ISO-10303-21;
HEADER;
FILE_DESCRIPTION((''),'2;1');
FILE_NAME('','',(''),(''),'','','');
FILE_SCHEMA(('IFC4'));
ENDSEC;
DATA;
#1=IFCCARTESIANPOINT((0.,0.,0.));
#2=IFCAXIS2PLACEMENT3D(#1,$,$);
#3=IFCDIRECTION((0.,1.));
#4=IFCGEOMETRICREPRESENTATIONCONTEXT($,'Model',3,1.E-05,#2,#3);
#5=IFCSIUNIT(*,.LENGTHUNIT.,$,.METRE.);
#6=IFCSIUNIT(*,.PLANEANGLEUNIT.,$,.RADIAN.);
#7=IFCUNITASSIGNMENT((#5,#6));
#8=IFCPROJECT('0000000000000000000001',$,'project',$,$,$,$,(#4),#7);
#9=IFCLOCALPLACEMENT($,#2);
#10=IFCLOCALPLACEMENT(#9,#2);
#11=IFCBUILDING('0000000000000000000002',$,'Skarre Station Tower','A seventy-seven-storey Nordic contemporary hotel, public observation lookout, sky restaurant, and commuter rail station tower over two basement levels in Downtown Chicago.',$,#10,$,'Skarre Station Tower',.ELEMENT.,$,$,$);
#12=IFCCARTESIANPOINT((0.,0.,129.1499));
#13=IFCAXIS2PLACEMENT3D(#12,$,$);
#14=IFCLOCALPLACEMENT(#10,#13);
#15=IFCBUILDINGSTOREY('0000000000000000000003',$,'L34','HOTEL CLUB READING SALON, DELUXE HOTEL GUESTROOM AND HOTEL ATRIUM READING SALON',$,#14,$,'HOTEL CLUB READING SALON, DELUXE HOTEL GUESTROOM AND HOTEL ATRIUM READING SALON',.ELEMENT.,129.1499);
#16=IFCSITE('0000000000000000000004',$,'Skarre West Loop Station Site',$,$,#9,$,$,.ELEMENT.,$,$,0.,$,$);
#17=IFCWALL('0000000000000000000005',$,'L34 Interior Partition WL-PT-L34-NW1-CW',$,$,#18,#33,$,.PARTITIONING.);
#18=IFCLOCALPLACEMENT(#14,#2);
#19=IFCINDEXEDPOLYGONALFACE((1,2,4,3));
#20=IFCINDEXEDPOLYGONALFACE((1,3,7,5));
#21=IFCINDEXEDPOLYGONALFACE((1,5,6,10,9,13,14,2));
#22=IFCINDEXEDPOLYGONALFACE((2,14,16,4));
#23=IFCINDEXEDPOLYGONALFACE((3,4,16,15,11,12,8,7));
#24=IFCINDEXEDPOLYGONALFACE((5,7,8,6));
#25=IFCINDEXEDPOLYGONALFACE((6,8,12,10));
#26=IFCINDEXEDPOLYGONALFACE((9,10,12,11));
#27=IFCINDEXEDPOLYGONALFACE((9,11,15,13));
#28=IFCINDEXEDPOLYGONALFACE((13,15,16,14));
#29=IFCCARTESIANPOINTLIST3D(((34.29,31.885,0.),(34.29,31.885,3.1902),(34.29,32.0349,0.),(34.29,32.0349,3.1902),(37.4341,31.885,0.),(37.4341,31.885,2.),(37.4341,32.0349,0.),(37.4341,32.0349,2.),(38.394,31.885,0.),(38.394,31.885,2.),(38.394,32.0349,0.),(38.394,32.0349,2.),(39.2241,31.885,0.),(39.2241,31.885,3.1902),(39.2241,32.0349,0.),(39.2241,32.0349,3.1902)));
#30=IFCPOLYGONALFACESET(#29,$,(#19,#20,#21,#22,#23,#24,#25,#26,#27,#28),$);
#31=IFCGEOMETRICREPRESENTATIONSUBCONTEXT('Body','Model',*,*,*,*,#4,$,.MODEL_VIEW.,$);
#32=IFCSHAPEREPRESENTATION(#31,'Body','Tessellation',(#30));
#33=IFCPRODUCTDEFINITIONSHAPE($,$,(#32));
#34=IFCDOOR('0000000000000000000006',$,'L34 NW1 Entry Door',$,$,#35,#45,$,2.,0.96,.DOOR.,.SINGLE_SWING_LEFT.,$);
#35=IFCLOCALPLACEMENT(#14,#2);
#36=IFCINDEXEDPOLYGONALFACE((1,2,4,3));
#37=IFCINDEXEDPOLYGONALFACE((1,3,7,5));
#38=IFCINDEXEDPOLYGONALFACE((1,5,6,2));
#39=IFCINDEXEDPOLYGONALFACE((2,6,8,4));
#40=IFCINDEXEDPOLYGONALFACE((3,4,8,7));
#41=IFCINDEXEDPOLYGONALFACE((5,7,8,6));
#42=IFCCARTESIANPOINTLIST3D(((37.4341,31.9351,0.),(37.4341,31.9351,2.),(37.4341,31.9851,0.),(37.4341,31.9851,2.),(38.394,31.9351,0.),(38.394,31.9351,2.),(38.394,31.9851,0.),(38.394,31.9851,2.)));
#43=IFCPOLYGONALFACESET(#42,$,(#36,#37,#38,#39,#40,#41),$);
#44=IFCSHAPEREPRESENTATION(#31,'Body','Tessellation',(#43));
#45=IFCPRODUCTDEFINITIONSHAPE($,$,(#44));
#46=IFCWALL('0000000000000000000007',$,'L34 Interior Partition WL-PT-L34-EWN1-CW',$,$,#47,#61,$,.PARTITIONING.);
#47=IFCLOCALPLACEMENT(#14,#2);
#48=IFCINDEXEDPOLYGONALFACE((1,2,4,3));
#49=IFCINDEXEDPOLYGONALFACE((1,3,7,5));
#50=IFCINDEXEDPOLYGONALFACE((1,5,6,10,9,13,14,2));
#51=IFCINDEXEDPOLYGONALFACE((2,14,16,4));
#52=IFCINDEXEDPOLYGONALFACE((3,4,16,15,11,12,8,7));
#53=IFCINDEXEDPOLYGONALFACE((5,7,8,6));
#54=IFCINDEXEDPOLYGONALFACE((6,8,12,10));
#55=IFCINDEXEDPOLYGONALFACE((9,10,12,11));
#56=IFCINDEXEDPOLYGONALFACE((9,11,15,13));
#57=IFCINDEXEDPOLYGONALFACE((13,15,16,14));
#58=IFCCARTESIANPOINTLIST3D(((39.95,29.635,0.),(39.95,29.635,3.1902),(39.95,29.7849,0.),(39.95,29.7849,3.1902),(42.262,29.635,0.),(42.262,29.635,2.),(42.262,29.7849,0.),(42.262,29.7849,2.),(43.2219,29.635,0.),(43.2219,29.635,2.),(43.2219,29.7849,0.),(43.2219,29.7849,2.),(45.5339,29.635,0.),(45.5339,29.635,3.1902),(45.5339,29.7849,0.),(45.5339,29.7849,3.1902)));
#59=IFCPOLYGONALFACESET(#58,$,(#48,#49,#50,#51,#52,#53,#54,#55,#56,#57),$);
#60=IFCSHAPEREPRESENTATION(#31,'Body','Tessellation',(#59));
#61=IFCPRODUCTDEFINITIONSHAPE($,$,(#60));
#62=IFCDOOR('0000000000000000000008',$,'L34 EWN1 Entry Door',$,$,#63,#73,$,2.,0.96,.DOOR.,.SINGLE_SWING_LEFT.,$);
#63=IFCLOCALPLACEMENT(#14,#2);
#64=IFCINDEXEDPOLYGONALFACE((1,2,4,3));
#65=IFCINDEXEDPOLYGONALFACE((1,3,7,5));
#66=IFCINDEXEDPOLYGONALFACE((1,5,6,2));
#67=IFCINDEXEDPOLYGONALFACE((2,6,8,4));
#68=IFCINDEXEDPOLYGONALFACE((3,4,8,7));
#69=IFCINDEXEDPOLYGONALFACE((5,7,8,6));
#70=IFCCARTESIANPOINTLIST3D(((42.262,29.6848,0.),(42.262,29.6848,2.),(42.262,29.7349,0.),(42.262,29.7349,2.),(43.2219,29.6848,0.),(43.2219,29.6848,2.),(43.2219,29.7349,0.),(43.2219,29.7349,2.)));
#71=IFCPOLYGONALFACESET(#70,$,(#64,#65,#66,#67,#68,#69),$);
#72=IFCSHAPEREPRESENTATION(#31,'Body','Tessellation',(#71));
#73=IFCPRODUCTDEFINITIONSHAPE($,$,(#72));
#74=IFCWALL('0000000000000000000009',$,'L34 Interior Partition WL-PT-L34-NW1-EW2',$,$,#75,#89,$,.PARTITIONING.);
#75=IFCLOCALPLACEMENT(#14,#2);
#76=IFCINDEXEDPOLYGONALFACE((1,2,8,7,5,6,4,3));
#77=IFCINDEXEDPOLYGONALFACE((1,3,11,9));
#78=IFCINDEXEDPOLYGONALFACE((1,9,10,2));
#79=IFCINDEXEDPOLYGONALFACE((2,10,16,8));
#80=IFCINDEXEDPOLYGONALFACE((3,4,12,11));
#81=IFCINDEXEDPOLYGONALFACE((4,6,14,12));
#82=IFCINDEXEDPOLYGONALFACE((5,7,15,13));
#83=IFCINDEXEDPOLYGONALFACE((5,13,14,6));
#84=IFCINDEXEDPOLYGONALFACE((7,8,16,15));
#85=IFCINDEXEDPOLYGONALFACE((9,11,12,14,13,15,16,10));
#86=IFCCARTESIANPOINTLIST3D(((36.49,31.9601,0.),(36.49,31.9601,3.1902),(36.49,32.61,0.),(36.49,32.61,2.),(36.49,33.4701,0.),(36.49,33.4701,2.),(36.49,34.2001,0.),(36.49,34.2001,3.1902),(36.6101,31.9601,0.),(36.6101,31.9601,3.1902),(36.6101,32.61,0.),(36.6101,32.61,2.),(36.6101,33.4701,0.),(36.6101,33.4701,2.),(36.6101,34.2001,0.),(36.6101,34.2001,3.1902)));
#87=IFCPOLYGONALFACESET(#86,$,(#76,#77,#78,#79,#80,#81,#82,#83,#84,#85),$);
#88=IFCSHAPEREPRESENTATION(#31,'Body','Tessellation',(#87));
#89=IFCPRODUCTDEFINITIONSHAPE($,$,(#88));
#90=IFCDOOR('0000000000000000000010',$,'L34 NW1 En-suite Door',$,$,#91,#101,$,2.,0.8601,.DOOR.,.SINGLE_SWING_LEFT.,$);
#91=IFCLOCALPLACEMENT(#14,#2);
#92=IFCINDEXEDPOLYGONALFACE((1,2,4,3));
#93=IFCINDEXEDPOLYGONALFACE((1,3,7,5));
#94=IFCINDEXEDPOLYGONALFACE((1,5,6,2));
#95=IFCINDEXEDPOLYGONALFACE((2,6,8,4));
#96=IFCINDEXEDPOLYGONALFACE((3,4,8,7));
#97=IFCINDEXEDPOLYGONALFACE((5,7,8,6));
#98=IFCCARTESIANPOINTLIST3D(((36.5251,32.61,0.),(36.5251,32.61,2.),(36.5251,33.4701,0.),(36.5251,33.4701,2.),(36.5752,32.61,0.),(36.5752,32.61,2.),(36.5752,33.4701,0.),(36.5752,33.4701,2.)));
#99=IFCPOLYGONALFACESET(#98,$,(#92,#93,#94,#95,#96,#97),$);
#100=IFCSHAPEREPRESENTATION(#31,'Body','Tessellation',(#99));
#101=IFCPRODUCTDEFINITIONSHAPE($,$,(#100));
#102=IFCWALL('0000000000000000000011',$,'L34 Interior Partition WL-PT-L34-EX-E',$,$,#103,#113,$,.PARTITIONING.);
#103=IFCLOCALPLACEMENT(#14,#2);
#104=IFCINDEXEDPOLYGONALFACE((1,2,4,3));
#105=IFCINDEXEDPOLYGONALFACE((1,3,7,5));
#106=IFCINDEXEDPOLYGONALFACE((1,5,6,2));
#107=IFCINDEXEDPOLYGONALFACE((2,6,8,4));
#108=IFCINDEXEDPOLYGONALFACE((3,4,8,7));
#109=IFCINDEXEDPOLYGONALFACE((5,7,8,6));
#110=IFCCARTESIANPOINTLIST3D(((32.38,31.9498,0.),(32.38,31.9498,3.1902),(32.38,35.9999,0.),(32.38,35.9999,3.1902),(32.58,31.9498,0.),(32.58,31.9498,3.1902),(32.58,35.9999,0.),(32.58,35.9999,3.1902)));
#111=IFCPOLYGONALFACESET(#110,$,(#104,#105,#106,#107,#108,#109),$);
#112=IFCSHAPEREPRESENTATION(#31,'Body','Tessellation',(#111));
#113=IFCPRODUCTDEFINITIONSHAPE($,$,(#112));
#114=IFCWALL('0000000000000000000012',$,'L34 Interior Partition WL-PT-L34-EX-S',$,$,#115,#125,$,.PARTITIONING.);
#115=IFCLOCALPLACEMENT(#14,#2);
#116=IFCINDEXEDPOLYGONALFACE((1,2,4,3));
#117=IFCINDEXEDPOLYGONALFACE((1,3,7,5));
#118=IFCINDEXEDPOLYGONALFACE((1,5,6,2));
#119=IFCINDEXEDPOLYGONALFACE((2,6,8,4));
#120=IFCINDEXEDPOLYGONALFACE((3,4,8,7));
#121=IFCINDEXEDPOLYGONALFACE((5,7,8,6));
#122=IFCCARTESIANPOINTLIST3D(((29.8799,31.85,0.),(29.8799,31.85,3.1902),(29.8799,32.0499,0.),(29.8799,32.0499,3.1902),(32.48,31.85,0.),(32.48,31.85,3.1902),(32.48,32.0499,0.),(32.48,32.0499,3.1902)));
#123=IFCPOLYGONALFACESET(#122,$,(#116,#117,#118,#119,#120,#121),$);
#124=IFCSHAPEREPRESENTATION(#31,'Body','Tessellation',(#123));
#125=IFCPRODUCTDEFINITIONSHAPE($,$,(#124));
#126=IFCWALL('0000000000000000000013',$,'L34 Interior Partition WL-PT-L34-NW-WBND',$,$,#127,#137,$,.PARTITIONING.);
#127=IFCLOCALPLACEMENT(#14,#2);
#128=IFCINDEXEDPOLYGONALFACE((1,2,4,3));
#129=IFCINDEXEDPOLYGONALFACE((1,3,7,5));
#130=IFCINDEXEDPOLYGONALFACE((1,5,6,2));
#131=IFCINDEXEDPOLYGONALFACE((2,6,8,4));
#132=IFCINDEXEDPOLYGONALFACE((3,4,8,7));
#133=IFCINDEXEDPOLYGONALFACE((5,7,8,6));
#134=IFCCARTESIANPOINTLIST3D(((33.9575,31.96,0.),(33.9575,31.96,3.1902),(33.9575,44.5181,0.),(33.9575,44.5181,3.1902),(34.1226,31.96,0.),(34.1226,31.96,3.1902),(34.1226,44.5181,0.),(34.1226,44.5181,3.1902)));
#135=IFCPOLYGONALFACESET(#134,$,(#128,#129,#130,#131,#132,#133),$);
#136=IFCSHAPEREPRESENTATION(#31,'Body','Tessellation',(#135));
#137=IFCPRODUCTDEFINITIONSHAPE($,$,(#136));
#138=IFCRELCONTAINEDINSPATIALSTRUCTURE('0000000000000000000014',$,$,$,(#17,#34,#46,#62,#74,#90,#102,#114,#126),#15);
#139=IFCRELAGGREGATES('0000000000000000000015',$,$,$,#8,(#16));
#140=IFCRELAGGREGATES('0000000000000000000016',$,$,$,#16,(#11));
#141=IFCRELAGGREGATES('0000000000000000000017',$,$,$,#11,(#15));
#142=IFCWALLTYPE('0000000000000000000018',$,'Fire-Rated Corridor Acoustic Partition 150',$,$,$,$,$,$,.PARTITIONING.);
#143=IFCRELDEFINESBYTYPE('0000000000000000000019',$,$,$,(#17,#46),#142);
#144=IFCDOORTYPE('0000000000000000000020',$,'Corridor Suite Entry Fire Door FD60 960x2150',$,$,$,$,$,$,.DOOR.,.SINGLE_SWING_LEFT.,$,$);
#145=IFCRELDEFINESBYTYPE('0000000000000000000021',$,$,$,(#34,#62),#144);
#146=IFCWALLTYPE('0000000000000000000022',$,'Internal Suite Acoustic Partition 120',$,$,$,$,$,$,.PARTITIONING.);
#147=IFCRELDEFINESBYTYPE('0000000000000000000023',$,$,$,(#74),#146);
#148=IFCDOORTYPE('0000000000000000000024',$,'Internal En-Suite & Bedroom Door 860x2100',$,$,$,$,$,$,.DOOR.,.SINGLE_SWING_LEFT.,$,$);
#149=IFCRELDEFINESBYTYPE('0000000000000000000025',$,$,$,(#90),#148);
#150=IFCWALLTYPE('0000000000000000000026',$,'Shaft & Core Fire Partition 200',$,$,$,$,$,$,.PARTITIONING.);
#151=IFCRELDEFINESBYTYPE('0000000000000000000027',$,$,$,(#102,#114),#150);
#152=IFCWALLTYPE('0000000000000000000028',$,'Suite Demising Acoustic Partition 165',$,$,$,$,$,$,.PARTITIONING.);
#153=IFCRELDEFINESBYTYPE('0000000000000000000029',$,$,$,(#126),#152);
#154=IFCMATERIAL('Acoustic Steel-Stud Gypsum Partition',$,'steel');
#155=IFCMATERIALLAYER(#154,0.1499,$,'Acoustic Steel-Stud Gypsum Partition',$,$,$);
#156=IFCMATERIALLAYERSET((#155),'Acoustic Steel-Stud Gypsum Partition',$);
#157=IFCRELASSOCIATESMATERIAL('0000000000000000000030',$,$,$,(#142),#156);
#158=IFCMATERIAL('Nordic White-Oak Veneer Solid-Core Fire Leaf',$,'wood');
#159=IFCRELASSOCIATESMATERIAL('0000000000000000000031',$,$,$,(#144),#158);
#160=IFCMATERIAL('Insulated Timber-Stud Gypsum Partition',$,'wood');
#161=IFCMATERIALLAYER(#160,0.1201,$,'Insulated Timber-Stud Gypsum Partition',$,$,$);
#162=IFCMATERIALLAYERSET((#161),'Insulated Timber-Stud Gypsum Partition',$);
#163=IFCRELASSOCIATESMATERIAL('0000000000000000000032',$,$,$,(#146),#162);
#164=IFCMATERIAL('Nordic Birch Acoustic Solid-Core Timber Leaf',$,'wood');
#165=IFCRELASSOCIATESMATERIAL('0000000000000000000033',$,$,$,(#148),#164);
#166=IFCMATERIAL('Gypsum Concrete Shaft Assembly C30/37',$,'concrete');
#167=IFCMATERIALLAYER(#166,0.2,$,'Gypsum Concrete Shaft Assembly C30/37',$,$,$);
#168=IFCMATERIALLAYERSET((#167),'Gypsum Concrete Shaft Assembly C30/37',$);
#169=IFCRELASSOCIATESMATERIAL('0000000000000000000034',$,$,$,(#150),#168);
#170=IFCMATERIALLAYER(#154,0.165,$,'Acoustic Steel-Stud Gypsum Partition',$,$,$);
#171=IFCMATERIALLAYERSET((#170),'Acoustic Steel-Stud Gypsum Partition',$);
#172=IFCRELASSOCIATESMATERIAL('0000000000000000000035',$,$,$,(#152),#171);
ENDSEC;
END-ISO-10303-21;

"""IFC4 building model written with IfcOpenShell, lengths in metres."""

from ifc_helpers import new_model, si_unit, direction, frame, frame_2d, origin, place, context, subcontext, project, spatial, rectangle, extrude, material, layer, layer_set, type_object, element, fill, save


model = new_model("IFC4")

# Units and contexts
model_context = context("Model", 3, precision=1e-05, world=origin(), true_north=direction((0.0, 1.0)))
body_context = subcontext(model_context, "Body", "Model", "MODEL_VIEW")
ifc_project = project(units=[si_unit("LENGTHUNIT", "METRE"), si_unit("PLANEANGLEUNIT", "RADIAN")], contexts=[model_context])

# Site, building, storey
site_placement = place(None, origin())
site = spatial("IfcSite", under=ifc_project, at=site_placement, Name="Skarre West Loop Station Site", CompositionType="ELEMENT", RefElevation=0.0)
building_placement = place(site_placement, origin())
building = spatial("IfcBuilding", under=site, at=building_placement, Name="Skarre Station Tower", Description="A seventy-seven-storey Nordic contemporary hotel, public observation lookout, sky restaurant, and commuter rail station tower over two basement levels in Downtown Chicago.", LongName="Skarre Station Tower", CompositionType="ELEMENT")
storey_placement = place(building_placement, frame((0.0, 0.0, 129.1499)))
storey = spatial("IfcBuildingStorey", under=building, at=storey_placement, Name="L34", Description="HOTEL CLUB READING SALON, DELUXE HOTEL GUESTROOM AND HOTEL ATRIUM READING SALON", LongName="HOTEL CLUB READING SALON, DELUXE HOTEL GUESTROOM AND HOTEL ATRIUM READING SALON", CompositionType="ELEMENT", Elevation=129.1499)

# Shared definitions
ifc_material_1 = material(Name="Acoustic Steel-Stud Gypsum Partition", Category="steel")
ifc_layer_1 = layer(ifc_material_1, 0.1499, Name="Acoustic Steel-Stud Gypsum Partition")
ifc_layer_set_1 = layer_set([ifc_layer_1], Name="Acoustic Steel-Stud Gypsum Partition")
wall_type_1 = type_object("IfcWallType", Name="Fire-Rated Corridor Acoustic Partition 150", PredefinedType="PARTITIONING", material=ifc_layer_set_1)

# Walls, openings, doors
wall_1_placement = place(storey_placement, frame((39.2241, 31.96, 0.0), z_axis=(0.0, 0.0, 1.0), x_axis=(-1.0, 0.0, 0.0)))
wall_1 = element("IfcWall", 1, at=wall_1_placement, inside=storey, type_object=wall_type_1, Name="L34 Interior Partition WL-PT-L34-NW1-CW", PredefinedType="PARTITIONING", context=body_context, shape_type="SweptSolid", body=[
    extrude(rectangle(XDim=4.9341, YDim=0.1499, at=frame_2d((2.467, 0.0))), origin(), (0.0, 0.0, 1.0), 3.1902),
])
opening_1_placement = place(wall_1_placement, frame((0.8301, 0.0, 0.0)))
opening_1 = element("IfcOpeningElement", 2, at=opening_1_placement, cuts=wall_1, PredefinedType="OPENING", context=body_context, shape_type="SweptSolid", body=[
    extrude(rectangle(XDim=0.96, YDim=2.0, at=frame_2d((0.48, 1.0))), frame((0.0, 0.085, 0.0), z_axis=(0.0, -1.0, 0.0), x_axis=(1.0, 0.0, 0.0)), (0.0, 0.0, 1.0), 0.1699),
])
ifc_material_2 = material(Name="Nordic White-Oak Veneer Solid-Core Fire Leaf", Category="wood")
door_type_1 = type_object("IfcDoorType", Name="Corridor Suite Entry Fire Door FD60 960x2150", OperationType="SINGLE_SWING_LEFT", PredefinedType="DOOR", material=ifc_material_2)
door_1_placement = place(opening_1_placement, origin())
door_1 = element("IfcDoor", 3, at=door_1_placement, inside=storey, type_object=door_type_1, Name="L34 NW1 Entry Door", OperationType="SINGLE_SWING_LEFT", OverallHeight=2.0, OverallWidth=0.96, PredefinedType="DOOR", context=body_context, shape_type="SweptSolid", body=[
    extrude(rectangle(XDim=0.96, YDim=2.0, at=frame_2d((0.48, 1.0))), frame((0.0, 0.0249, 0.0), z_axis=(0.0, -1.0, 0.0), x_axis=(1.0, 0.0, 0.0)), (0.0, 0.0, 1.0), 0.05),
])
fill(opening_1, door_1)
wall_2_placement = place(storey_placement, frame((39.95, 29.71, 0.0), z_axis=(0.0, 0.0, 1.0), x_axis=(1.0, 0.0, 0.0)))
wall_2 = element("IfcWall", 4, at=wall_2_placement, inside=storey, type_object=wall_type_1, Name="L34 Interior Partition WL-PT-L34-EWN1-CW", PredefinedType="PARTITIONING", context=body_context, shape_type="SweptSolid", body=[
    extrude(rectangle(XDim=5.584, YDim=0.1499, at=frame_2d((2.792, 0.0))), origin(), (0.0, 0.0, 1.0), 3.1902),
])
opening_2_placement = place(wall_2_placement, frame((2.312, 0.0, 0.0)))
opening_2 = element("IfcOpeningElement", 5, at=opening_2_placement, cuts=wall_2, PredefinedType="OPENING", context=body_context, shape_type="SweptSolid", body=[
    extrude(rectangle(XDim=0.96, YDim=2.0, at=frame_2d((0.48, 1.0))), frame((0.0, 0.085, 0.0), z_axis=(0.0, -1.0, 0.0), x_axis=(1.0, 0.0, 0.0)), (0.0, 0.0, 1.0), 0.1699),
])
door_2_placement = place(opening_2_placement, origin())
door_2 = element("IfcDoor", 6, at=door_2_placement, inside=storey, type_object=door_type_1, Name="L34 EWN1 Entry Door", OperationType="SINGLE_SWING_LEFT", OverallHeight=2.0, OverallWidth=0.96, PredefinedType="DOOR", context=body_context, shape_type="SweptSolid", body=[
    extrude(rectangle(XDim=0.96, YDim=2.0, at=frame_2d((0.48, 1.0))), frame((0.0, 0.0249, 0.0), z_axis=(0.0, -1.0, 0.0), x_axis=(1.0, 0.0, 0.0)), (0.0, 0.0, 1.0), 0.05),
])
fill(opening_2, door_2)
ifc_material_3 = material(Name="Insulated Timber-Stud Gypsum Partition", Category="wood")
ifc_layer_2 = layer(ifc_material_3, 0.1201, Name="Insulated Timber-Stud Gypsum Partition")
ifc_layer_set_2 = layer_set([ifc_layer_2], Name="Insulated Timber-Stud Gypsum Partition")
wall_type_2 = type_object("IfcWallType", Name="Internal Suite Acoustic Partition 120", PredefinedType="PARTITIONING", material=ifc_layer_set_2)
wall_3_placement = place(storey_placement, frame((36.55, 31.96, 0.0), z_axis=(0.0, 0.0, 1.0), x_axis=(0.0, 1.0, 0.0)))
wall_3 = element("IfcWall", 7, at=wall_3_placement, inside=storey, type_object=wall_type_2, Name="L34 Interior Partition WL-PT-L34-NW1-EW2", PredefinedType="PARTITIONING", context=body_context, shape_type="SweptSolid", body=[
    extrude(rectangle(XDim=2.24, YDim=0.1201, at=frame_2d((1.1201, 0.0))), origin(), (0.0, 0.0, 1.0), 3.1902),
])
opening_3_placement = place(wall_3_placement, frame((0.6499, 0.0, 0.0)))
opening_3 = element("IfcOpeningElement", 8, at=opening_3_placement, cuts=wall_3, PredefinedType="OPENING", context=body_context, shape_type="SweptSolid", body=[
    extrude(rectangle(XDim=0.8601, YDim=2.0, at=frame_2d((0.4302, 1.0))), frame((0.0, 0.0701, 0.0), z_axis=(0.0, -1.0, 0.0), x_axis=(1.0, 0.0, 0.0)), (0.0, 0.0, 1.0), 0.1401),
])
ifc_material_4 = material(Name="Nordic Birch Acoustic Solid-Core Timber Leaf", Category="wood")
door_type_2 = type_object("IfcDoorType", Name="Internal En-Suite & Bedroom Door 860x2100", OperationType="SINGLE_SWING_LEFT", PredefinedType="DOOR", material=ifc_material_4)
door_3_placement = place(opening_3_placement, origin())
door_3 = element("IfcDoor", 9, at=door_3_placement, inside=storey, type_object=door_type_2, Name="L34 NW1 En-suite Door", OperationType="SINGLE_SWING_LEFT", OverallHeight=2.0, OverallWidth=0.8601, PredefinedType="DOOR", context=body_context, shape_type="SweptSolid", body=[
    extrude(rectangle(XDim=0.8601, YDim=2.0, at=frame_2d((0.4302, 1.0))), frame((0.0, 0.0249, 0.0), z_axis=(0.0, -1.0, 0.0), x_axis=(1.0, 0.0, 0.0)), (0.0, 0.0, 1.0), 0.05),
])
fill(opening_3, door_3)

# Walls
ifc_material_5 = material(Name="Gypsum Concrete Shaft Assembly C30/37", Category="concrete")
ifc_layer_3 = layer(ifc_material_5, 0.2, Name="Gypsum Concrete Shaft Assembly C30/37")
ifc_layer_set_3 = layer_set([ifc_layer_3], Name="Gypsum Concrete Shaft Assembly C30/37")
wall_type_3 = type_object("IfcWallType", Name="Shaft & Core Fire Partition 200", PredefinedType="PARTITIONING", material=ifc_layer_set_3)
wall_4_placement = place(storey_placement, frame((32.48, 31.95, 0.0), z_axis=(0.0, 0.0, 1.0), x_axis=(0.0, 1.0, 0.0)))
element("IfcWall", 10, at=wall_4_placement, inside=storey, type_object=wall_type_3, Name="L34 Interior Partition WL-PT-L34-EX-E", PredefinedType="PARTITIONING", context=body_context, shape_type="SweptSolid", body=[
    extrude(rectangle(XDim=4.05, YDim=0.2, at=frame_2d((2.0249, 0.0))), origin(), (0.0, 0.0, 1.0), 3.1902),
])
wall_5_placement = place(storey_placement, frame((32.48, 31.95, 0.0), z_axis=(0.0, 0.0, 1.0), x_axis=(-1.0, 0.0, 0.0)))
element("IfcWall", 11, at=wall_5_placement, inside=storey, type_object=wall_type_3, Name="L34 Interior Partition WL-PT-L34-EX-S", PredefinedType="PARTITIONING", context=body_context, shape_type="SweptSolid", body=[
    extrude(rectangle(XDim=2.6001, YDim=0.2, at=frame_2d((1.3, 0.0))), origin(), (0.0, 0.0, 1.0), 3.1902),
])
ifc_layer_4 = layer(ifc_material_1, 0.165, Name="Acoustic Steel-Stud Gypsum Partition")
ifc_layer_set_4 = layer_set([ifc_layer_4], Name="Acoustic Steel-Stud Gypsum Partition")
wall_type_4 = type_object("IfcWallType", Name="Suite Demising Acoustic Partition 165", PredefinedType="PARTITIONING", material=ifc_layer_set_4)
wall_6_placement = place(storey_placement, frame((34.04, 31.96, 0.0), z_axis=(0.0, 0.0, 1.0), x_axis=(0.0, 1.0, 0.0)))
element("IfcWall", 12, at=wall_6_placement, inside=storey, type_object=wall_type_4, Name="L34 Interior Partition WL-PT-L34-NW-WBND", PredefinedType="PARTITIONING", context=body_context, shape_type="SweptSolid", body=[
    extrude(rectangle(XDim=12.5581, YDim=0.165, at=frame_2d((6.2791, 0.0))), origin(), (0.0, 0.0, 1.0), 3.1902),
])

save(model, "model.ifc")
